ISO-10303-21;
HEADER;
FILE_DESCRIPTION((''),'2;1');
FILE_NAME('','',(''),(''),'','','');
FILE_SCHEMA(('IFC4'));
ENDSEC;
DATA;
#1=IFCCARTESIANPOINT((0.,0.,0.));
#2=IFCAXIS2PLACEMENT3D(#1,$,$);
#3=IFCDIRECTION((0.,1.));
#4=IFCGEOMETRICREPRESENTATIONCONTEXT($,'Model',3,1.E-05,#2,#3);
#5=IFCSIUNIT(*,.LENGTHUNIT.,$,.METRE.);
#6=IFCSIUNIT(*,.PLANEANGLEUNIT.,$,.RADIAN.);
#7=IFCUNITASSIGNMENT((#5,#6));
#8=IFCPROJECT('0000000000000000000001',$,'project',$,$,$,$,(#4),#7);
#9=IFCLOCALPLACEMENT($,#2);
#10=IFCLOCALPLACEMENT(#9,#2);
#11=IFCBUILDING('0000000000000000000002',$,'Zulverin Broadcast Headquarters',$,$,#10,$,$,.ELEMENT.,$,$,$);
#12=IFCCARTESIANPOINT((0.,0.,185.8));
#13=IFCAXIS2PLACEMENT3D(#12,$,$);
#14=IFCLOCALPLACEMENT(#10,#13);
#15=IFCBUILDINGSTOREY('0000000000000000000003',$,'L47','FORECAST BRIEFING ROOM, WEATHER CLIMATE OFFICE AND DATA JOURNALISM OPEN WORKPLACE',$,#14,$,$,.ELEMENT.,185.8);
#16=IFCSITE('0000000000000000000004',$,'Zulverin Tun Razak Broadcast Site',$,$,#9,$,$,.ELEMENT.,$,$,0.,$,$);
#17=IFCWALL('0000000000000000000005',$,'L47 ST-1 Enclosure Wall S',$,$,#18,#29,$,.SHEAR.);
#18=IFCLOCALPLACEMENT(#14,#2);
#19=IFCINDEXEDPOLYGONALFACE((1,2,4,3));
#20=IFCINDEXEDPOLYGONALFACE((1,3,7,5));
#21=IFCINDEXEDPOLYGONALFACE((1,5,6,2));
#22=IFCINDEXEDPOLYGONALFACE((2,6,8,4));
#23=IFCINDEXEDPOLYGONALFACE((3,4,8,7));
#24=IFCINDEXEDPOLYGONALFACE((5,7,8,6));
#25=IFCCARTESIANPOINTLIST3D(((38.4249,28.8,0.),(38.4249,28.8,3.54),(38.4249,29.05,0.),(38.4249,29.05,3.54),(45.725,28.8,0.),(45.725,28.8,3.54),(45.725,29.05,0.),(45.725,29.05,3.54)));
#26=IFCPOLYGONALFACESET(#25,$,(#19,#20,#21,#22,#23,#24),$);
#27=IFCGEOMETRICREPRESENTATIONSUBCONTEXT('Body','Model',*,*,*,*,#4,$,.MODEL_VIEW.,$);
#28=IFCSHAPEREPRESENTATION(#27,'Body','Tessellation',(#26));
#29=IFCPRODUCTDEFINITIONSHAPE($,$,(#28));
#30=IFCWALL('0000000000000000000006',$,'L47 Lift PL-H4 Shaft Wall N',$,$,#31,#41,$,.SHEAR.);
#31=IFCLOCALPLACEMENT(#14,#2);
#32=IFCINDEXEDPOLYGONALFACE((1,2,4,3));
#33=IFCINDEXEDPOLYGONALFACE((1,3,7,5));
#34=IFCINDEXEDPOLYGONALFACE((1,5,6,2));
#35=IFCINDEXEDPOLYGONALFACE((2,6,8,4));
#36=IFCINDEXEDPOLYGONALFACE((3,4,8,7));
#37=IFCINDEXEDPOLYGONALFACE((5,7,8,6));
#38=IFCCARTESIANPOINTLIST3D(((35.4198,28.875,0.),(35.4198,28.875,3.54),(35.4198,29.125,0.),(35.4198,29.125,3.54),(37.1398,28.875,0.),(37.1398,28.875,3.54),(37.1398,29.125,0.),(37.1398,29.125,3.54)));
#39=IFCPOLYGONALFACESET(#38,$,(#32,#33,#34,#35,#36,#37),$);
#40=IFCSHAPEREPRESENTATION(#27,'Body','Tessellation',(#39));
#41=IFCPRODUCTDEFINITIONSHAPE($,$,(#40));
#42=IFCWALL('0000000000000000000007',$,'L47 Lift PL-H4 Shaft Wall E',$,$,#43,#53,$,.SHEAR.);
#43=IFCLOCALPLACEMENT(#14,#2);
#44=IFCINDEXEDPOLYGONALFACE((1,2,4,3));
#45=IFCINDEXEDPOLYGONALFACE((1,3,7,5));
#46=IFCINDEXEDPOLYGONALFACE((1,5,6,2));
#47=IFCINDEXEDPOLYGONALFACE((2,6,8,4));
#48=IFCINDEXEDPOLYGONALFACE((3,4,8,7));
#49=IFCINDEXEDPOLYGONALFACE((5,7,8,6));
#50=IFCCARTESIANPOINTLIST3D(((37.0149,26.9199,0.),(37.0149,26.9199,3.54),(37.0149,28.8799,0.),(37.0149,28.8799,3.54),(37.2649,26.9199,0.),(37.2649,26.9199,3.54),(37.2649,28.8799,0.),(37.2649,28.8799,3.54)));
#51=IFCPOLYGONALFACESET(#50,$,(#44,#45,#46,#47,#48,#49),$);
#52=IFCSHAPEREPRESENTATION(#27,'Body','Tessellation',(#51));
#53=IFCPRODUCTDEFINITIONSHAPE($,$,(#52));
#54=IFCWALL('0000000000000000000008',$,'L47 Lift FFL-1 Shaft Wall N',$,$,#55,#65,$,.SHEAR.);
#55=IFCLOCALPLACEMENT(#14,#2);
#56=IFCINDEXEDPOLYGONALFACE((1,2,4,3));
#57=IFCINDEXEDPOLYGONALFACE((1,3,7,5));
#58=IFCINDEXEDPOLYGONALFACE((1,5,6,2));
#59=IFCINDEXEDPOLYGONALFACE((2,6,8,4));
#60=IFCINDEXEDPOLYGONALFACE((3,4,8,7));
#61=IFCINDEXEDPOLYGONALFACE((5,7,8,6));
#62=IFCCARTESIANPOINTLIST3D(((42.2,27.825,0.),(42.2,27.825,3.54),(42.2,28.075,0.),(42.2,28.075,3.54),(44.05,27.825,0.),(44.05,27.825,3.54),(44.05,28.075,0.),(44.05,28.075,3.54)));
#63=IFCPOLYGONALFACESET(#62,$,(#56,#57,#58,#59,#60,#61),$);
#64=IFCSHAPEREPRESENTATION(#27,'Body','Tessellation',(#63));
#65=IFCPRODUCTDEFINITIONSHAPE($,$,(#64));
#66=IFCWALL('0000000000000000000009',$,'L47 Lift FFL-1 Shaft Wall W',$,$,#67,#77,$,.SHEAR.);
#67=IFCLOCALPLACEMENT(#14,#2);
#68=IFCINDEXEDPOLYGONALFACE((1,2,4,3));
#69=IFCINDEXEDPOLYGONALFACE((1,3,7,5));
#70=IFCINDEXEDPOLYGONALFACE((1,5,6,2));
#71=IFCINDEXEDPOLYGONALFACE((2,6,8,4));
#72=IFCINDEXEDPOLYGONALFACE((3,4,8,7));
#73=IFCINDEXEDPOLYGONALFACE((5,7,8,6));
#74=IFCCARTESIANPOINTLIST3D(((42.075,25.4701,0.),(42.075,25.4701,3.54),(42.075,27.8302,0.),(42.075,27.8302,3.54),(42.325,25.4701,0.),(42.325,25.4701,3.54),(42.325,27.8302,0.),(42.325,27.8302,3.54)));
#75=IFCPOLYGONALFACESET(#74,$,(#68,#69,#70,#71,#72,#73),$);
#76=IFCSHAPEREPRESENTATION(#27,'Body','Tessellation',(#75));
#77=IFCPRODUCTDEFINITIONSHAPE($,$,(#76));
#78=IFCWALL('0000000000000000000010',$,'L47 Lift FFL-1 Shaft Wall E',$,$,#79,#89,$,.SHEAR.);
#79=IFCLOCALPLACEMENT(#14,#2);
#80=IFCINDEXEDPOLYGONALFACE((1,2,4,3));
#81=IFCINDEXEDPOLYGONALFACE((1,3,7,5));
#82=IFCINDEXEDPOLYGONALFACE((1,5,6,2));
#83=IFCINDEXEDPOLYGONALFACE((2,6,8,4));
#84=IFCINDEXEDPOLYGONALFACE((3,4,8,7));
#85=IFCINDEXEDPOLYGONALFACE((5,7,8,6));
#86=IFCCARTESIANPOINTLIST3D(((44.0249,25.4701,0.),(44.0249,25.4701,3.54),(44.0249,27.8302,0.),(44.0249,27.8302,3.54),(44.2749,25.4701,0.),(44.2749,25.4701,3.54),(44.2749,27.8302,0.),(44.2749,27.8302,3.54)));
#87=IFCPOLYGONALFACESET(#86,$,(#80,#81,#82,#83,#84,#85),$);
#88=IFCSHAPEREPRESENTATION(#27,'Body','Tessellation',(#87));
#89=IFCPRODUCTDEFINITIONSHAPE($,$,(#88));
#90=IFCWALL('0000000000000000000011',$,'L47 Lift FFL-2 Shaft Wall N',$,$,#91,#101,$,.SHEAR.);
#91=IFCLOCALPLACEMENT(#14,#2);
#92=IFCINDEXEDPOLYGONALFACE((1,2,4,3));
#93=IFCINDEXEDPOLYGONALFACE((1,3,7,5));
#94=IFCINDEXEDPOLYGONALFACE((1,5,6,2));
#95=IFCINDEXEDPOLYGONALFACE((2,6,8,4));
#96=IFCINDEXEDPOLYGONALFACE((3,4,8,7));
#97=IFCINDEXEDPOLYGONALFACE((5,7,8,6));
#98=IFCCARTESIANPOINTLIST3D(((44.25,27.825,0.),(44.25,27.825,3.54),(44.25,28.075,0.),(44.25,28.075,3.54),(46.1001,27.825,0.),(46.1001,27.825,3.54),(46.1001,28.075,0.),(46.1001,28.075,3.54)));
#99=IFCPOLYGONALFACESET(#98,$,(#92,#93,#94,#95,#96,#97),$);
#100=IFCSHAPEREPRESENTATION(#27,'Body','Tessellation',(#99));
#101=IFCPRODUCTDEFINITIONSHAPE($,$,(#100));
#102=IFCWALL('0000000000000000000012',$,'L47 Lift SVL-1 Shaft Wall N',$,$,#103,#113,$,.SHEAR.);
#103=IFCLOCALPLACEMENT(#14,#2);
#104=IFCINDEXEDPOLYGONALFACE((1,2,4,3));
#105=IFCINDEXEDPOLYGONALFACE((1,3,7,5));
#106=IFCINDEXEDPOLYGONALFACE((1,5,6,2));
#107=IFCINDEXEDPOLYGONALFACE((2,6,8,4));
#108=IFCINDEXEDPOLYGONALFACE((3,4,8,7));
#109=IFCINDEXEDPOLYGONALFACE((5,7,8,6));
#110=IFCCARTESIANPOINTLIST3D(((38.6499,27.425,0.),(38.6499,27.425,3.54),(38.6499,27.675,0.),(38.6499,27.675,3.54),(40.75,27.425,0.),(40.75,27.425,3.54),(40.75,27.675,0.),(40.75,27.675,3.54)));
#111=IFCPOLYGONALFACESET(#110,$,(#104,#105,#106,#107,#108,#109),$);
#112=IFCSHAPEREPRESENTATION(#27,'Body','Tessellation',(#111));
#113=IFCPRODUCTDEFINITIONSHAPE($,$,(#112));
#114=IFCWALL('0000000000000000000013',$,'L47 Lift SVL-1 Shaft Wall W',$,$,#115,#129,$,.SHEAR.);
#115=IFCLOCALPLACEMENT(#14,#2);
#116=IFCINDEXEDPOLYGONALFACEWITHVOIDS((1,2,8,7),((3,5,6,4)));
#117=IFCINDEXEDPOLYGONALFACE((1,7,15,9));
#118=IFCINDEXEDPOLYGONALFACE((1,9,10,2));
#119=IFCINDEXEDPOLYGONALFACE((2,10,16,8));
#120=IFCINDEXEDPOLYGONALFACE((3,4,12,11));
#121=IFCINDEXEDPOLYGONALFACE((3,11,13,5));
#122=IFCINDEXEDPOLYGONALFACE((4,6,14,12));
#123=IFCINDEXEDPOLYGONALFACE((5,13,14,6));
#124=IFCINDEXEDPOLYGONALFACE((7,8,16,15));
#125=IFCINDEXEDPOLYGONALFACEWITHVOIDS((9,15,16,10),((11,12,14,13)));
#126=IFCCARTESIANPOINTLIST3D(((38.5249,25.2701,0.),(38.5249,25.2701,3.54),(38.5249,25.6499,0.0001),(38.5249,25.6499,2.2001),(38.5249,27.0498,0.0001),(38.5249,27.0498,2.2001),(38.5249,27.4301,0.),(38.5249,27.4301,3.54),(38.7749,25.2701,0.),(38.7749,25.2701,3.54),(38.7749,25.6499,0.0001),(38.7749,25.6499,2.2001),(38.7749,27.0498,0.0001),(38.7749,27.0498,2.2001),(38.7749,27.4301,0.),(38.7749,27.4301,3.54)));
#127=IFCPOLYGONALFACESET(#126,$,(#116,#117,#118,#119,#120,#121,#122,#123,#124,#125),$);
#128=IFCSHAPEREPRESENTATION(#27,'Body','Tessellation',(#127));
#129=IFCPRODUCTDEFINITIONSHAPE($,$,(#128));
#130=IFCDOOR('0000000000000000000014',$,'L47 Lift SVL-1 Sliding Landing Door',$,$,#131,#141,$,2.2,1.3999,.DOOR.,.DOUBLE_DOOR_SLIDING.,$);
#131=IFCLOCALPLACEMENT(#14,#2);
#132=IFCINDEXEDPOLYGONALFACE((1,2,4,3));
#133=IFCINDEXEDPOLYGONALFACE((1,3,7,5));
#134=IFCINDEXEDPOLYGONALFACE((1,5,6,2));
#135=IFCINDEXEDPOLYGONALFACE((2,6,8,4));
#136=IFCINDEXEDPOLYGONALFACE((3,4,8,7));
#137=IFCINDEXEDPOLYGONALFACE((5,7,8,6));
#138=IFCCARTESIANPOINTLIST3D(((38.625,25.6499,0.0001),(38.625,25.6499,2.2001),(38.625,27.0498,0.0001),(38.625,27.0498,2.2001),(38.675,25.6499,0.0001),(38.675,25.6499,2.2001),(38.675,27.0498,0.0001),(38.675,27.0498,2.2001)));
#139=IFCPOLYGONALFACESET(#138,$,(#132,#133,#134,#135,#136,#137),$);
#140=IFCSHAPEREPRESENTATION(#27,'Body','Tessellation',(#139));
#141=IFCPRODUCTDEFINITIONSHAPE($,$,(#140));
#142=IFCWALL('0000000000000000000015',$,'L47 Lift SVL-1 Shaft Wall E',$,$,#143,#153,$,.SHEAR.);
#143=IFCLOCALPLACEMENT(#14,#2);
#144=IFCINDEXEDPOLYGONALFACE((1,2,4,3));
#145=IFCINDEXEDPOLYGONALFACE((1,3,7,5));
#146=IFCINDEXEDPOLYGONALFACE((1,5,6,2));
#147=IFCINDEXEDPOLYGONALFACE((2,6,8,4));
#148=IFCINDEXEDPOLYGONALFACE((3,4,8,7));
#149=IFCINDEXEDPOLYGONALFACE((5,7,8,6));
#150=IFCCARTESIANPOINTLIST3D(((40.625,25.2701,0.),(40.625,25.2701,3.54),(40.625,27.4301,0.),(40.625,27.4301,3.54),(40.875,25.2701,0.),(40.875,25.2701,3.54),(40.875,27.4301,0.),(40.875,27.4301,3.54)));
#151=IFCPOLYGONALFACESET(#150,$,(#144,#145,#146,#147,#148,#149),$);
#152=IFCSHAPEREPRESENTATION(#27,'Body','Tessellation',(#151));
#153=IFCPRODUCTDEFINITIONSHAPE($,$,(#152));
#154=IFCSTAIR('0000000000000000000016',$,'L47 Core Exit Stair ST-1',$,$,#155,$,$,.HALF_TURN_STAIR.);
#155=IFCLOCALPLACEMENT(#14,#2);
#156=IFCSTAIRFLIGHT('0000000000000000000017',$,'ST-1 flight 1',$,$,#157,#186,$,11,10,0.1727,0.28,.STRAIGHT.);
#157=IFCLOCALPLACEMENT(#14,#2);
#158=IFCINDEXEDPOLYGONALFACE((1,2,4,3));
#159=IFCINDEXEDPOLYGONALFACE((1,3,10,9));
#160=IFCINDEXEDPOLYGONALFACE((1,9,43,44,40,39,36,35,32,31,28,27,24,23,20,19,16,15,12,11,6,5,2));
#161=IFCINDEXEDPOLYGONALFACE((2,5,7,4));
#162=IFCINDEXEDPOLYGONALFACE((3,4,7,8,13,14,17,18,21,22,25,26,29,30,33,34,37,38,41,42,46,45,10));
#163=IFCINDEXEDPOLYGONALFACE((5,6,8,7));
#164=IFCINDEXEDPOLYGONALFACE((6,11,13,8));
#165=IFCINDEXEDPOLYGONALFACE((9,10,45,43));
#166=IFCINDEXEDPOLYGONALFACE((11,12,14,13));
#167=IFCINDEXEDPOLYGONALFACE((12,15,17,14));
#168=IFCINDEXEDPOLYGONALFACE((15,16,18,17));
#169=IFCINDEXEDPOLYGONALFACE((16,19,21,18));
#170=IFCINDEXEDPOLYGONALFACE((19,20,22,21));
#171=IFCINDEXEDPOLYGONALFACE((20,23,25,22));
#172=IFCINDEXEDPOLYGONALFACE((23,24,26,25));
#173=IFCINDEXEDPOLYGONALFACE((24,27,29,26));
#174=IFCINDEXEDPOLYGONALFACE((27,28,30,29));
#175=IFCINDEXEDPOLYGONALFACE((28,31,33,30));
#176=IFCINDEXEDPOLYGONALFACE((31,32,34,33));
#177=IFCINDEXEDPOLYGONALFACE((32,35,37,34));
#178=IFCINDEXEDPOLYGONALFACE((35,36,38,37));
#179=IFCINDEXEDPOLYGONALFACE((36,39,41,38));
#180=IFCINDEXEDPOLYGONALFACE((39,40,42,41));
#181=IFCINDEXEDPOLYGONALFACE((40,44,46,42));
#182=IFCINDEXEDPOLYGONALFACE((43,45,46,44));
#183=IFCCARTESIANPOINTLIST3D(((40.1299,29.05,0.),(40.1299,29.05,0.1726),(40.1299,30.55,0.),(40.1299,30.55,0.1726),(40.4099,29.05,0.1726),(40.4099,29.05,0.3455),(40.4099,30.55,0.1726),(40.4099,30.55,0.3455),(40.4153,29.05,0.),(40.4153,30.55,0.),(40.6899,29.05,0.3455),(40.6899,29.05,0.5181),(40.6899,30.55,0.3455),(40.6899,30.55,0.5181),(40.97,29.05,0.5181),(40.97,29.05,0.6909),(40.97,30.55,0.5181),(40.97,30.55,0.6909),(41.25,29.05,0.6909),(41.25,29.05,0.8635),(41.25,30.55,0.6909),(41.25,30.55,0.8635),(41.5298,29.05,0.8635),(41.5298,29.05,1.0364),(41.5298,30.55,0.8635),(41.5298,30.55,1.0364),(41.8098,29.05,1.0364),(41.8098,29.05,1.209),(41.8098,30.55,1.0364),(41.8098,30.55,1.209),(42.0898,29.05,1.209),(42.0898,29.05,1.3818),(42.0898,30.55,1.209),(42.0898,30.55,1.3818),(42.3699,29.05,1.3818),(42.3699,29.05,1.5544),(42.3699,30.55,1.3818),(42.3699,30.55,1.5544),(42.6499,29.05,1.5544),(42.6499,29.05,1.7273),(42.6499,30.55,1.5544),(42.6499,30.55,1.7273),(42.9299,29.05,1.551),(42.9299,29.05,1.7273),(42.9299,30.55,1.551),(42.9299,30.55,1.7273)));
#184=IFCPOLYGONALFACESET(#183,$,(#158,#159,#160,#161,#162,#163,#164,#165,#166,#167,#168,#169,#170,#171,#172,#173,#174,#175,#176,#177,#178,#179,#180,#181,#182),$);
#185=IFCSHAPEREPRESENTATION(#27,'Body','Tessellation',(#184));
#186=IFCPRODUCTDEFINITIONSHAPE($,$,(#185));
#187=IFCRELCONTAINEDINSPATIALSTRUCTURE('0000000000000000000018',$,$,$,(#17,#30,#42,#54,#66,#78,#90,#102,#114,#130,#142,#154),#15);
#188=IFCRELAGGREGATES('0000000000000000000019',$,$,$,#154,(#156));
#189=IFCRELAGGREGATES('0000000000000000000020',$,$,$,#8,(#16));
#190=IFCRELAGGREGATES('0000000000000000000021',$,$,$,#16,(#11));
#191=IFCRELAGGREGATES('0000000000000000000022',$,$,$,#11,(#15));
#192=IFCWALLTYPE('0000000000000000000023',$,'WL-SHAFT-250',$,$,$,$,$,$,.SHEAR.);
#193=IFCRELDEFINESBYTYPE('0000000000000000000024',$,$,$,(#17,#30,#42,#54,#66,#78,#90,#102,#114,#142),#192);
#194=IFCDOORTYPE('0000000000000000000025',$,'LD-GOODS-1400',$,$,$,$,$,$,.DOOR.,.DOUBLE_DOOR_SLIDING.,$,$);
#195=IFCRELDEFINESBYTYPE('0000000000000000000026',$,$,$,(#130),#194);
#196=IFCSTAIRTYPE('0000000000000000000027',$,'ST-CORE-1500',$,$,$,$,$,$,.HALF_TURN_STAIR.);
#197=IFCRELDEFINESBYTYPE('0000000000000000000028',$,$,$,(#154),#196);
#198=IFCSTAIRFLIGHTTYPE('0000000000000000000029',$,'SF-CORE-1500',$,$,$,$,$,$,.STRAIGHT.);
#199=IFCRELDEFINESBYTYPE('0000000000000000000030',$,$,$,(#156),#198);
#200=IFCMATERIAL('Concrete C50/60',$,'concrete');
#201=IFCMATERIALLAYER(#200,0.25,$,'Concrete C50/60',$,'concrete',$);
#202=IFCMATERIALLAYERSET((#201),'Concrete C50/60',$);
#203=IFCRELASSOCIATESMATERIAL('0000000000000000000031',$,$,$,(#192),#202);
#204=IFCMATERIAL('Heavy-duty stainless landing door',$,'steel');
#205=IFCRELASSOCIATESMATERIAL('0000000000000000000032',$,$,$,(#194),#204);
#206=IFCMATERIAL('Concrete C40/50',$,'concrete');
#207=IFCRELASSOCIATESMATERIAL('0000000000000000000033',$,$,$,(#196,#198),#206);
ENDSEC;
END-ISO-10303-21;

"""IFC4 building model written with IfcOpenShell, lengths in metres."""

from ifc_helpers import new_model, si_unit, direction, frame, frame_2d, origin, place, context, subcontext, project, spatial, polyline, rectangle, outline, extrude, material, layer, layer_set, type_object, element, fill, aggregate, save


model = new_model("IFC4")

# Units and contexts
model_context = context("Model", 3, precision=1e-05, world=origin(), true_north=direction((0.0, 1.0)))
body_context = subcontext(model_context, "Body", "Model", "MODEL_VIEW")
ifc_project = project(units=[si_unit("LENGTHUNIT", "METRE"), si_unit("PLANEANGLEUNIT", "RADIAN")], contexts=[model_context])

# Site, building, storey
site_placement = place(None, origin())
site = spatial("IfcSite", under=ifc_project, at=site_placement, Name="Zulverin Tun Razak Broadcast Site", CompositionType="ELEMENT", RefElevation=0.0)
building_placement = place(site_placement, origin())
building = spatial("IfcBuilding", under=site, at=building_placement, Name="Zulverin Broadcast Headquarters", CompositionType="ELEMENT")
storey_placement = place(building_placement, frame((0.0, 0.0, 185.8)))
storey = spatial("IfcBuildingStorey", under=building, at=storey_placement, Name="L47", Description="FORECAST BRIEFING ROOM, WEATHER CLIMATE OFFICE AND DATA JOURNALISM OPEN WORKPLACE", CompositionType="ELEMENT", Elevation=185.8)

# Wall
ifc_material_1 = material(Name="Concrete C50/60", Category="concrete")
ifc_layer = layer(ifc_material_1, 0.25, Name="Concrete C50/60", Category="concrete")
ifc_layer_set = layer_set([ifc_layer], Name="Concrete C50/60")
wall_type = type_object("IfcWallType", Name="WL-SHAFT-250", PredefinedType="SHEAR", material=ifc_layer_set)
wall_1_placement = place(storey_placement, frame((38.425, 28.925, 0.0), z_axis=(0.0, 0.0, 1.0), x_axis=(1.0, 0.0, 0.0)))
element("IfcWall", 1, at=wall_1_placement, inside=storey, type_object=wall_type, Name="L47 ST-1 Enclosure Wall S", PredefinedType="SHEAR", context=body_context, shape_type="SweptSolid", body=[
    extrude(rectangle(XDim=7.3, YDim=0.25, at=frame_2d((3.6499, 0.0))), origin(), (0.0, 0.0, 1.0), 3.54),
])

# Walls
wall_2_placement = place(storey_placement, frame((35.4199, 29.0, 0.0), z_axis=(0.0, 0.0, 1.0), x_axis=(1.0, 0.0, 0.0)))
element("IfcWall", 2, at=wall_2_placement, inside=storey, type_object=wall_type, Name="L47 Lift PL-H4 Shaft Wall N", PredefinedType="SHEAR", context=body_context, shape_type="SweptSolid", body=[
    extrude(rectangle(XDim=1.72, YDim=0.25, at=frame_2d((0.8599, 0.0))), origin(), (0.0, 0.0, 1.0), 3.54),
])
wall_3_placement = place(storey_placement, frame((37.1399, 26.9199, 0.0), z_axis=(0.0, 0.0, 1.0), x_axis=(0.0, 1.0, 0.0)))
element("IfcWall", 3, at=wall_3_placement, inside=storey, type_object=wall_type, Name="L47 Lift PL-H4 Shaft Wall E", PredefinedType="SHEAR", context=body_context, shape_type="SweptSolid", body=[
    extrude(rectangle(XDim=1.96, YDim=0.25, at=frame_2d((0.98, 0.0))), origin(), (0.0, 0.0, 1.0), 3.54),
])

# Walls
wall_4_placement = place(storey_placement, frame((42.2, 27.95, 0.0), z_axis=(0.0, 0.0, 1.0), x_axis=(1.0, 0.0, 0.0)))
element("IfcWall", 4, at=wall_4_placement, inside=storey, type_object=wall_type, Name="L47 Lift FFL-1 Shaft Wall N", PredefinedType="SHEAR", context=body_context, shape_type="SweptSolid", body=[
    extrude(rectangle(XDim=1.8501, YDim=0.25, at=frame_2d((0.925, 0.0))), origin(), (0.0, 0.0, 1.0), 3.54),
])
for number, where, z_axis, x_axis, name in (
    (5, (42.2, 25.47, 0.0), (0.0, 0.0, 1.0), (0.0, 1.0, 0.0), "L47 Lift FFL-1 Shaft Wall W"),
    (6, (44.1499, 25.47, 0.0), (0.0, 0.0, 1.0), (0.0, 1.0, 0.0), "L47 Lift FFL-1 Shaft Wall E"),
):
    element("IfcWall", number, at=place(storey_placement, frame(where, z_axis=z_axis, x_axis=x_axis)), inside=storey, type_object=wall_type, Name=name, PredefinedType="SHEAR", context=body_context, shape_type="SweptSolid", body=[
        extrude(rectangle(XDim=2.3601, YDim=0.25, at=frame_2d((1.1802, 0.0))), origin(), (0.0, 0.0, 1.0), 3.54),
    ])

# Walls
wall_5_placement = place(storey_placement, frame((44.25, 27.95, 0.0), z_axis=(0.0, 0.0, 1.0), x_axis=(1.0, 0.0, 0.0)))
element("IfcWall", 7, at=wall_5_placement, inside=storey, type_object=wall_type, Name="L47 Lift FFL-2 Shaft Wall N", PredefinedType="SHEAR", context=body_context, shape_type="SweptSolid", body=[
    extrude(rectangle(XDim=1.8501, YDim=0.25, at=frame_2d((0.925, 0.0))), origin(), (0.0, 0.0, 1.0), 3.54),
])
wall_6_placement = place(storey_placement, frame((38.6499, 27.55, 0.0), z_axis=(0.0, 0.0, 1.0), x_axis=(1.0, 0.0, 0.0)))
element("IfcWall", 8, at=wall_6_placement, inside=storey, type_object=wall_type, Name="L47 Lift SVL-1 Shaft Wall N", PredefinedType="SHEAR", context=body_context, shape_type="SweptSolid", body=[
    extrude(rectangle(XDim=2.1001, YDim=0.25, at=frame_2d((1.05, 0.0))), origin(), (0.0, 0.0, 1.0), 3.54),
])

# Wall, opening, door
wall_7_placement = place(storey_placement, frame((38.6499, 25.27, 0.0), z_axis=(0.0, 0.0, 1.0), x_axis=(0.0, 1.0, 0.0)))
wall_7 = element("IfcWall", 9, at=wall_7_placement, inside=storey, type_object=wall_type, Name="L47 Lift SVL-1 Shaft Wall W", PredefinedType="SHEAR", context=body_context, shape_type="SweptSolid", body=[
    extrude(rectangle(XDim=2.1599, YDim=0.25, at=frame_2d((1.0801, 0.0))), origin(), (0.0, 0.0, 1.0), 3.54),
])
opening_1_placement = place(wall_7_placement, frame((0.3799, 0.0, 0.0)))
opening_1 = element("IfcOpeningElement", 10, at=opening_1_placement, cuts=wall_7, PredefinedType="OPENING", context=body_context, shape_type="SweptSolid", body=[
    extrude(rectangle(XDim=1.3999, YDim=2.2, at=frame_2d((0.7, 1.1001))), frame((0.0, 0.135, 0.0), z_axis=(0.0, -1.0, 0.0), x_axis=(1.0, 0.0, 0.0)), (0.0, 0.0, 1.0), 0.27),
])
ifc_material_2 = material(Name="Heavy-duty stainless landing door", Category="steel")
door_type_1 = type_object("IfcDoorType", Name="LD-GOODS-1400", OperationType="DOUBLE_DOOR_SLIDING", PredefinedType="DOOR", material=ifc_material_2)
door_1_placement = place(opening_1_placement, origin())
door_1 = element("IfcDoor", 11, at=door_1_placement, inside=storey, type_object=door_type_1, Name="L47 Lift SVL-1 Sliding Landing Door", OperationType="DOUBLE_DOOR_SLIDING", OverallHeight=2.2, OverallWidth=1.3999, PredefinedType="DOOR", context=body_context, shape_type="SweptSolid", body=[
    extrude(rectangle(XDim=1.3999, YDim=2.2, at=frame_2d((0.7, 1.1001))), frame((0.0, 0.0249, 0.0), z_axis=(0.0, -1.0, 0.0), x_axis=(1.0, 0.0, 0.0)), (0.0, 0.0, 1.0), 0.05),
])
fill(opening_1, door_1)

# Wall
wall_8_placement = place(storey_placement, frame((40.75, 25.27, 0.0), z_axis=(0.0, 0.0, 1.0), x_axis=(0.0, 1.0, 0.0)))
element("IfcWall", 12, at=wall_8_placement, inside=storey, type_object=wall_type, Name="L47 Lift SVL-1 Shaft Wall E", PredefinedType="SHEAR", context=body_context, shape_type="SweptSolid", body=[
    extrude(rectangle(XDim=2.1599, YDim=0.25, at=frame_2d((1.0801, 0.0))), origin(), (0.0, 0.0, 1.0), 3.54),
])

# Stair, stair flight
ifc_material_3 = material(Name="Concrete C40/50", Category="concrete")
stair_type = type_object("IfcStairType", Name="ST-CORE-1500", PredefinedType="HALF_TURN_STAIR", material=ifc_material_3)
stair_placement = place(storey_placement, origin())
stair = element("IfcStair", 13, at=stair_placement, inside=storey, type_object=stair_type, Name="L47 Core Exit Stair ST-1", PredefinedType="HALF_TURN_STAIR")
stair_flight_type = type_object("IfcStairFlightType", Name="SF-CORE-1500", PredefinedType="STRAIGHT", material=ifc_material_3)
stair_flight_placement = place(storey_placement, frame((40.1299, 29.8, 0.0), z_axis=(0.0, 0.0, 1.0), x_axis=(1.0, 0.0, 0.0)))
stair_flight = element("IfcStairFlight", 14, at=stair_flight_placement, type_object=stair_flight_type, Name="ST-1 flight 1", NumberOfRisers=11, NumberOfTreads=10, PredefinedType="STRAIGHT", RiserHeight=0.1727, TreadLength=0.28, context=body_context, shape_type="SweptSolid", body=[
    extrude(outline(polyline([(0.0, 0.0), (0.0, 0.1726), (0.28, 0.1726), (0.28, 0.3455), (0.5601, 0.3455), (0.5601, 0.5181), (0.8401, 0.5181), (0.8401, 0.6909), (1.1201, 0.6909), (1.1201, 0.8635), (1.3999, 0.8635), (1.3999, 1.0364), (1.6799, 1.0364), (1.6799, 1.209), (1.96, 1.209), (1.96, 1.3818), (2.24, 1.3818), (2.24, 1.5544), (2.52, 1.5544), (2.52, 1.7273), (2.8, 1.7273), (2.8, 1.8999), (2.8, 1.551), (0.2854, 0.0), (0.0, 0.0)])), frame((0.0, 0.75, 0.0), z_axis=(0.0, -1.0, 0.0), x_axis=(1.0, 0.0, 0.0)), (0.0, 0.0, 1.0), 1.5),
])
aggregate(stair, [stair_flight])

save(model, "model.ifc")
